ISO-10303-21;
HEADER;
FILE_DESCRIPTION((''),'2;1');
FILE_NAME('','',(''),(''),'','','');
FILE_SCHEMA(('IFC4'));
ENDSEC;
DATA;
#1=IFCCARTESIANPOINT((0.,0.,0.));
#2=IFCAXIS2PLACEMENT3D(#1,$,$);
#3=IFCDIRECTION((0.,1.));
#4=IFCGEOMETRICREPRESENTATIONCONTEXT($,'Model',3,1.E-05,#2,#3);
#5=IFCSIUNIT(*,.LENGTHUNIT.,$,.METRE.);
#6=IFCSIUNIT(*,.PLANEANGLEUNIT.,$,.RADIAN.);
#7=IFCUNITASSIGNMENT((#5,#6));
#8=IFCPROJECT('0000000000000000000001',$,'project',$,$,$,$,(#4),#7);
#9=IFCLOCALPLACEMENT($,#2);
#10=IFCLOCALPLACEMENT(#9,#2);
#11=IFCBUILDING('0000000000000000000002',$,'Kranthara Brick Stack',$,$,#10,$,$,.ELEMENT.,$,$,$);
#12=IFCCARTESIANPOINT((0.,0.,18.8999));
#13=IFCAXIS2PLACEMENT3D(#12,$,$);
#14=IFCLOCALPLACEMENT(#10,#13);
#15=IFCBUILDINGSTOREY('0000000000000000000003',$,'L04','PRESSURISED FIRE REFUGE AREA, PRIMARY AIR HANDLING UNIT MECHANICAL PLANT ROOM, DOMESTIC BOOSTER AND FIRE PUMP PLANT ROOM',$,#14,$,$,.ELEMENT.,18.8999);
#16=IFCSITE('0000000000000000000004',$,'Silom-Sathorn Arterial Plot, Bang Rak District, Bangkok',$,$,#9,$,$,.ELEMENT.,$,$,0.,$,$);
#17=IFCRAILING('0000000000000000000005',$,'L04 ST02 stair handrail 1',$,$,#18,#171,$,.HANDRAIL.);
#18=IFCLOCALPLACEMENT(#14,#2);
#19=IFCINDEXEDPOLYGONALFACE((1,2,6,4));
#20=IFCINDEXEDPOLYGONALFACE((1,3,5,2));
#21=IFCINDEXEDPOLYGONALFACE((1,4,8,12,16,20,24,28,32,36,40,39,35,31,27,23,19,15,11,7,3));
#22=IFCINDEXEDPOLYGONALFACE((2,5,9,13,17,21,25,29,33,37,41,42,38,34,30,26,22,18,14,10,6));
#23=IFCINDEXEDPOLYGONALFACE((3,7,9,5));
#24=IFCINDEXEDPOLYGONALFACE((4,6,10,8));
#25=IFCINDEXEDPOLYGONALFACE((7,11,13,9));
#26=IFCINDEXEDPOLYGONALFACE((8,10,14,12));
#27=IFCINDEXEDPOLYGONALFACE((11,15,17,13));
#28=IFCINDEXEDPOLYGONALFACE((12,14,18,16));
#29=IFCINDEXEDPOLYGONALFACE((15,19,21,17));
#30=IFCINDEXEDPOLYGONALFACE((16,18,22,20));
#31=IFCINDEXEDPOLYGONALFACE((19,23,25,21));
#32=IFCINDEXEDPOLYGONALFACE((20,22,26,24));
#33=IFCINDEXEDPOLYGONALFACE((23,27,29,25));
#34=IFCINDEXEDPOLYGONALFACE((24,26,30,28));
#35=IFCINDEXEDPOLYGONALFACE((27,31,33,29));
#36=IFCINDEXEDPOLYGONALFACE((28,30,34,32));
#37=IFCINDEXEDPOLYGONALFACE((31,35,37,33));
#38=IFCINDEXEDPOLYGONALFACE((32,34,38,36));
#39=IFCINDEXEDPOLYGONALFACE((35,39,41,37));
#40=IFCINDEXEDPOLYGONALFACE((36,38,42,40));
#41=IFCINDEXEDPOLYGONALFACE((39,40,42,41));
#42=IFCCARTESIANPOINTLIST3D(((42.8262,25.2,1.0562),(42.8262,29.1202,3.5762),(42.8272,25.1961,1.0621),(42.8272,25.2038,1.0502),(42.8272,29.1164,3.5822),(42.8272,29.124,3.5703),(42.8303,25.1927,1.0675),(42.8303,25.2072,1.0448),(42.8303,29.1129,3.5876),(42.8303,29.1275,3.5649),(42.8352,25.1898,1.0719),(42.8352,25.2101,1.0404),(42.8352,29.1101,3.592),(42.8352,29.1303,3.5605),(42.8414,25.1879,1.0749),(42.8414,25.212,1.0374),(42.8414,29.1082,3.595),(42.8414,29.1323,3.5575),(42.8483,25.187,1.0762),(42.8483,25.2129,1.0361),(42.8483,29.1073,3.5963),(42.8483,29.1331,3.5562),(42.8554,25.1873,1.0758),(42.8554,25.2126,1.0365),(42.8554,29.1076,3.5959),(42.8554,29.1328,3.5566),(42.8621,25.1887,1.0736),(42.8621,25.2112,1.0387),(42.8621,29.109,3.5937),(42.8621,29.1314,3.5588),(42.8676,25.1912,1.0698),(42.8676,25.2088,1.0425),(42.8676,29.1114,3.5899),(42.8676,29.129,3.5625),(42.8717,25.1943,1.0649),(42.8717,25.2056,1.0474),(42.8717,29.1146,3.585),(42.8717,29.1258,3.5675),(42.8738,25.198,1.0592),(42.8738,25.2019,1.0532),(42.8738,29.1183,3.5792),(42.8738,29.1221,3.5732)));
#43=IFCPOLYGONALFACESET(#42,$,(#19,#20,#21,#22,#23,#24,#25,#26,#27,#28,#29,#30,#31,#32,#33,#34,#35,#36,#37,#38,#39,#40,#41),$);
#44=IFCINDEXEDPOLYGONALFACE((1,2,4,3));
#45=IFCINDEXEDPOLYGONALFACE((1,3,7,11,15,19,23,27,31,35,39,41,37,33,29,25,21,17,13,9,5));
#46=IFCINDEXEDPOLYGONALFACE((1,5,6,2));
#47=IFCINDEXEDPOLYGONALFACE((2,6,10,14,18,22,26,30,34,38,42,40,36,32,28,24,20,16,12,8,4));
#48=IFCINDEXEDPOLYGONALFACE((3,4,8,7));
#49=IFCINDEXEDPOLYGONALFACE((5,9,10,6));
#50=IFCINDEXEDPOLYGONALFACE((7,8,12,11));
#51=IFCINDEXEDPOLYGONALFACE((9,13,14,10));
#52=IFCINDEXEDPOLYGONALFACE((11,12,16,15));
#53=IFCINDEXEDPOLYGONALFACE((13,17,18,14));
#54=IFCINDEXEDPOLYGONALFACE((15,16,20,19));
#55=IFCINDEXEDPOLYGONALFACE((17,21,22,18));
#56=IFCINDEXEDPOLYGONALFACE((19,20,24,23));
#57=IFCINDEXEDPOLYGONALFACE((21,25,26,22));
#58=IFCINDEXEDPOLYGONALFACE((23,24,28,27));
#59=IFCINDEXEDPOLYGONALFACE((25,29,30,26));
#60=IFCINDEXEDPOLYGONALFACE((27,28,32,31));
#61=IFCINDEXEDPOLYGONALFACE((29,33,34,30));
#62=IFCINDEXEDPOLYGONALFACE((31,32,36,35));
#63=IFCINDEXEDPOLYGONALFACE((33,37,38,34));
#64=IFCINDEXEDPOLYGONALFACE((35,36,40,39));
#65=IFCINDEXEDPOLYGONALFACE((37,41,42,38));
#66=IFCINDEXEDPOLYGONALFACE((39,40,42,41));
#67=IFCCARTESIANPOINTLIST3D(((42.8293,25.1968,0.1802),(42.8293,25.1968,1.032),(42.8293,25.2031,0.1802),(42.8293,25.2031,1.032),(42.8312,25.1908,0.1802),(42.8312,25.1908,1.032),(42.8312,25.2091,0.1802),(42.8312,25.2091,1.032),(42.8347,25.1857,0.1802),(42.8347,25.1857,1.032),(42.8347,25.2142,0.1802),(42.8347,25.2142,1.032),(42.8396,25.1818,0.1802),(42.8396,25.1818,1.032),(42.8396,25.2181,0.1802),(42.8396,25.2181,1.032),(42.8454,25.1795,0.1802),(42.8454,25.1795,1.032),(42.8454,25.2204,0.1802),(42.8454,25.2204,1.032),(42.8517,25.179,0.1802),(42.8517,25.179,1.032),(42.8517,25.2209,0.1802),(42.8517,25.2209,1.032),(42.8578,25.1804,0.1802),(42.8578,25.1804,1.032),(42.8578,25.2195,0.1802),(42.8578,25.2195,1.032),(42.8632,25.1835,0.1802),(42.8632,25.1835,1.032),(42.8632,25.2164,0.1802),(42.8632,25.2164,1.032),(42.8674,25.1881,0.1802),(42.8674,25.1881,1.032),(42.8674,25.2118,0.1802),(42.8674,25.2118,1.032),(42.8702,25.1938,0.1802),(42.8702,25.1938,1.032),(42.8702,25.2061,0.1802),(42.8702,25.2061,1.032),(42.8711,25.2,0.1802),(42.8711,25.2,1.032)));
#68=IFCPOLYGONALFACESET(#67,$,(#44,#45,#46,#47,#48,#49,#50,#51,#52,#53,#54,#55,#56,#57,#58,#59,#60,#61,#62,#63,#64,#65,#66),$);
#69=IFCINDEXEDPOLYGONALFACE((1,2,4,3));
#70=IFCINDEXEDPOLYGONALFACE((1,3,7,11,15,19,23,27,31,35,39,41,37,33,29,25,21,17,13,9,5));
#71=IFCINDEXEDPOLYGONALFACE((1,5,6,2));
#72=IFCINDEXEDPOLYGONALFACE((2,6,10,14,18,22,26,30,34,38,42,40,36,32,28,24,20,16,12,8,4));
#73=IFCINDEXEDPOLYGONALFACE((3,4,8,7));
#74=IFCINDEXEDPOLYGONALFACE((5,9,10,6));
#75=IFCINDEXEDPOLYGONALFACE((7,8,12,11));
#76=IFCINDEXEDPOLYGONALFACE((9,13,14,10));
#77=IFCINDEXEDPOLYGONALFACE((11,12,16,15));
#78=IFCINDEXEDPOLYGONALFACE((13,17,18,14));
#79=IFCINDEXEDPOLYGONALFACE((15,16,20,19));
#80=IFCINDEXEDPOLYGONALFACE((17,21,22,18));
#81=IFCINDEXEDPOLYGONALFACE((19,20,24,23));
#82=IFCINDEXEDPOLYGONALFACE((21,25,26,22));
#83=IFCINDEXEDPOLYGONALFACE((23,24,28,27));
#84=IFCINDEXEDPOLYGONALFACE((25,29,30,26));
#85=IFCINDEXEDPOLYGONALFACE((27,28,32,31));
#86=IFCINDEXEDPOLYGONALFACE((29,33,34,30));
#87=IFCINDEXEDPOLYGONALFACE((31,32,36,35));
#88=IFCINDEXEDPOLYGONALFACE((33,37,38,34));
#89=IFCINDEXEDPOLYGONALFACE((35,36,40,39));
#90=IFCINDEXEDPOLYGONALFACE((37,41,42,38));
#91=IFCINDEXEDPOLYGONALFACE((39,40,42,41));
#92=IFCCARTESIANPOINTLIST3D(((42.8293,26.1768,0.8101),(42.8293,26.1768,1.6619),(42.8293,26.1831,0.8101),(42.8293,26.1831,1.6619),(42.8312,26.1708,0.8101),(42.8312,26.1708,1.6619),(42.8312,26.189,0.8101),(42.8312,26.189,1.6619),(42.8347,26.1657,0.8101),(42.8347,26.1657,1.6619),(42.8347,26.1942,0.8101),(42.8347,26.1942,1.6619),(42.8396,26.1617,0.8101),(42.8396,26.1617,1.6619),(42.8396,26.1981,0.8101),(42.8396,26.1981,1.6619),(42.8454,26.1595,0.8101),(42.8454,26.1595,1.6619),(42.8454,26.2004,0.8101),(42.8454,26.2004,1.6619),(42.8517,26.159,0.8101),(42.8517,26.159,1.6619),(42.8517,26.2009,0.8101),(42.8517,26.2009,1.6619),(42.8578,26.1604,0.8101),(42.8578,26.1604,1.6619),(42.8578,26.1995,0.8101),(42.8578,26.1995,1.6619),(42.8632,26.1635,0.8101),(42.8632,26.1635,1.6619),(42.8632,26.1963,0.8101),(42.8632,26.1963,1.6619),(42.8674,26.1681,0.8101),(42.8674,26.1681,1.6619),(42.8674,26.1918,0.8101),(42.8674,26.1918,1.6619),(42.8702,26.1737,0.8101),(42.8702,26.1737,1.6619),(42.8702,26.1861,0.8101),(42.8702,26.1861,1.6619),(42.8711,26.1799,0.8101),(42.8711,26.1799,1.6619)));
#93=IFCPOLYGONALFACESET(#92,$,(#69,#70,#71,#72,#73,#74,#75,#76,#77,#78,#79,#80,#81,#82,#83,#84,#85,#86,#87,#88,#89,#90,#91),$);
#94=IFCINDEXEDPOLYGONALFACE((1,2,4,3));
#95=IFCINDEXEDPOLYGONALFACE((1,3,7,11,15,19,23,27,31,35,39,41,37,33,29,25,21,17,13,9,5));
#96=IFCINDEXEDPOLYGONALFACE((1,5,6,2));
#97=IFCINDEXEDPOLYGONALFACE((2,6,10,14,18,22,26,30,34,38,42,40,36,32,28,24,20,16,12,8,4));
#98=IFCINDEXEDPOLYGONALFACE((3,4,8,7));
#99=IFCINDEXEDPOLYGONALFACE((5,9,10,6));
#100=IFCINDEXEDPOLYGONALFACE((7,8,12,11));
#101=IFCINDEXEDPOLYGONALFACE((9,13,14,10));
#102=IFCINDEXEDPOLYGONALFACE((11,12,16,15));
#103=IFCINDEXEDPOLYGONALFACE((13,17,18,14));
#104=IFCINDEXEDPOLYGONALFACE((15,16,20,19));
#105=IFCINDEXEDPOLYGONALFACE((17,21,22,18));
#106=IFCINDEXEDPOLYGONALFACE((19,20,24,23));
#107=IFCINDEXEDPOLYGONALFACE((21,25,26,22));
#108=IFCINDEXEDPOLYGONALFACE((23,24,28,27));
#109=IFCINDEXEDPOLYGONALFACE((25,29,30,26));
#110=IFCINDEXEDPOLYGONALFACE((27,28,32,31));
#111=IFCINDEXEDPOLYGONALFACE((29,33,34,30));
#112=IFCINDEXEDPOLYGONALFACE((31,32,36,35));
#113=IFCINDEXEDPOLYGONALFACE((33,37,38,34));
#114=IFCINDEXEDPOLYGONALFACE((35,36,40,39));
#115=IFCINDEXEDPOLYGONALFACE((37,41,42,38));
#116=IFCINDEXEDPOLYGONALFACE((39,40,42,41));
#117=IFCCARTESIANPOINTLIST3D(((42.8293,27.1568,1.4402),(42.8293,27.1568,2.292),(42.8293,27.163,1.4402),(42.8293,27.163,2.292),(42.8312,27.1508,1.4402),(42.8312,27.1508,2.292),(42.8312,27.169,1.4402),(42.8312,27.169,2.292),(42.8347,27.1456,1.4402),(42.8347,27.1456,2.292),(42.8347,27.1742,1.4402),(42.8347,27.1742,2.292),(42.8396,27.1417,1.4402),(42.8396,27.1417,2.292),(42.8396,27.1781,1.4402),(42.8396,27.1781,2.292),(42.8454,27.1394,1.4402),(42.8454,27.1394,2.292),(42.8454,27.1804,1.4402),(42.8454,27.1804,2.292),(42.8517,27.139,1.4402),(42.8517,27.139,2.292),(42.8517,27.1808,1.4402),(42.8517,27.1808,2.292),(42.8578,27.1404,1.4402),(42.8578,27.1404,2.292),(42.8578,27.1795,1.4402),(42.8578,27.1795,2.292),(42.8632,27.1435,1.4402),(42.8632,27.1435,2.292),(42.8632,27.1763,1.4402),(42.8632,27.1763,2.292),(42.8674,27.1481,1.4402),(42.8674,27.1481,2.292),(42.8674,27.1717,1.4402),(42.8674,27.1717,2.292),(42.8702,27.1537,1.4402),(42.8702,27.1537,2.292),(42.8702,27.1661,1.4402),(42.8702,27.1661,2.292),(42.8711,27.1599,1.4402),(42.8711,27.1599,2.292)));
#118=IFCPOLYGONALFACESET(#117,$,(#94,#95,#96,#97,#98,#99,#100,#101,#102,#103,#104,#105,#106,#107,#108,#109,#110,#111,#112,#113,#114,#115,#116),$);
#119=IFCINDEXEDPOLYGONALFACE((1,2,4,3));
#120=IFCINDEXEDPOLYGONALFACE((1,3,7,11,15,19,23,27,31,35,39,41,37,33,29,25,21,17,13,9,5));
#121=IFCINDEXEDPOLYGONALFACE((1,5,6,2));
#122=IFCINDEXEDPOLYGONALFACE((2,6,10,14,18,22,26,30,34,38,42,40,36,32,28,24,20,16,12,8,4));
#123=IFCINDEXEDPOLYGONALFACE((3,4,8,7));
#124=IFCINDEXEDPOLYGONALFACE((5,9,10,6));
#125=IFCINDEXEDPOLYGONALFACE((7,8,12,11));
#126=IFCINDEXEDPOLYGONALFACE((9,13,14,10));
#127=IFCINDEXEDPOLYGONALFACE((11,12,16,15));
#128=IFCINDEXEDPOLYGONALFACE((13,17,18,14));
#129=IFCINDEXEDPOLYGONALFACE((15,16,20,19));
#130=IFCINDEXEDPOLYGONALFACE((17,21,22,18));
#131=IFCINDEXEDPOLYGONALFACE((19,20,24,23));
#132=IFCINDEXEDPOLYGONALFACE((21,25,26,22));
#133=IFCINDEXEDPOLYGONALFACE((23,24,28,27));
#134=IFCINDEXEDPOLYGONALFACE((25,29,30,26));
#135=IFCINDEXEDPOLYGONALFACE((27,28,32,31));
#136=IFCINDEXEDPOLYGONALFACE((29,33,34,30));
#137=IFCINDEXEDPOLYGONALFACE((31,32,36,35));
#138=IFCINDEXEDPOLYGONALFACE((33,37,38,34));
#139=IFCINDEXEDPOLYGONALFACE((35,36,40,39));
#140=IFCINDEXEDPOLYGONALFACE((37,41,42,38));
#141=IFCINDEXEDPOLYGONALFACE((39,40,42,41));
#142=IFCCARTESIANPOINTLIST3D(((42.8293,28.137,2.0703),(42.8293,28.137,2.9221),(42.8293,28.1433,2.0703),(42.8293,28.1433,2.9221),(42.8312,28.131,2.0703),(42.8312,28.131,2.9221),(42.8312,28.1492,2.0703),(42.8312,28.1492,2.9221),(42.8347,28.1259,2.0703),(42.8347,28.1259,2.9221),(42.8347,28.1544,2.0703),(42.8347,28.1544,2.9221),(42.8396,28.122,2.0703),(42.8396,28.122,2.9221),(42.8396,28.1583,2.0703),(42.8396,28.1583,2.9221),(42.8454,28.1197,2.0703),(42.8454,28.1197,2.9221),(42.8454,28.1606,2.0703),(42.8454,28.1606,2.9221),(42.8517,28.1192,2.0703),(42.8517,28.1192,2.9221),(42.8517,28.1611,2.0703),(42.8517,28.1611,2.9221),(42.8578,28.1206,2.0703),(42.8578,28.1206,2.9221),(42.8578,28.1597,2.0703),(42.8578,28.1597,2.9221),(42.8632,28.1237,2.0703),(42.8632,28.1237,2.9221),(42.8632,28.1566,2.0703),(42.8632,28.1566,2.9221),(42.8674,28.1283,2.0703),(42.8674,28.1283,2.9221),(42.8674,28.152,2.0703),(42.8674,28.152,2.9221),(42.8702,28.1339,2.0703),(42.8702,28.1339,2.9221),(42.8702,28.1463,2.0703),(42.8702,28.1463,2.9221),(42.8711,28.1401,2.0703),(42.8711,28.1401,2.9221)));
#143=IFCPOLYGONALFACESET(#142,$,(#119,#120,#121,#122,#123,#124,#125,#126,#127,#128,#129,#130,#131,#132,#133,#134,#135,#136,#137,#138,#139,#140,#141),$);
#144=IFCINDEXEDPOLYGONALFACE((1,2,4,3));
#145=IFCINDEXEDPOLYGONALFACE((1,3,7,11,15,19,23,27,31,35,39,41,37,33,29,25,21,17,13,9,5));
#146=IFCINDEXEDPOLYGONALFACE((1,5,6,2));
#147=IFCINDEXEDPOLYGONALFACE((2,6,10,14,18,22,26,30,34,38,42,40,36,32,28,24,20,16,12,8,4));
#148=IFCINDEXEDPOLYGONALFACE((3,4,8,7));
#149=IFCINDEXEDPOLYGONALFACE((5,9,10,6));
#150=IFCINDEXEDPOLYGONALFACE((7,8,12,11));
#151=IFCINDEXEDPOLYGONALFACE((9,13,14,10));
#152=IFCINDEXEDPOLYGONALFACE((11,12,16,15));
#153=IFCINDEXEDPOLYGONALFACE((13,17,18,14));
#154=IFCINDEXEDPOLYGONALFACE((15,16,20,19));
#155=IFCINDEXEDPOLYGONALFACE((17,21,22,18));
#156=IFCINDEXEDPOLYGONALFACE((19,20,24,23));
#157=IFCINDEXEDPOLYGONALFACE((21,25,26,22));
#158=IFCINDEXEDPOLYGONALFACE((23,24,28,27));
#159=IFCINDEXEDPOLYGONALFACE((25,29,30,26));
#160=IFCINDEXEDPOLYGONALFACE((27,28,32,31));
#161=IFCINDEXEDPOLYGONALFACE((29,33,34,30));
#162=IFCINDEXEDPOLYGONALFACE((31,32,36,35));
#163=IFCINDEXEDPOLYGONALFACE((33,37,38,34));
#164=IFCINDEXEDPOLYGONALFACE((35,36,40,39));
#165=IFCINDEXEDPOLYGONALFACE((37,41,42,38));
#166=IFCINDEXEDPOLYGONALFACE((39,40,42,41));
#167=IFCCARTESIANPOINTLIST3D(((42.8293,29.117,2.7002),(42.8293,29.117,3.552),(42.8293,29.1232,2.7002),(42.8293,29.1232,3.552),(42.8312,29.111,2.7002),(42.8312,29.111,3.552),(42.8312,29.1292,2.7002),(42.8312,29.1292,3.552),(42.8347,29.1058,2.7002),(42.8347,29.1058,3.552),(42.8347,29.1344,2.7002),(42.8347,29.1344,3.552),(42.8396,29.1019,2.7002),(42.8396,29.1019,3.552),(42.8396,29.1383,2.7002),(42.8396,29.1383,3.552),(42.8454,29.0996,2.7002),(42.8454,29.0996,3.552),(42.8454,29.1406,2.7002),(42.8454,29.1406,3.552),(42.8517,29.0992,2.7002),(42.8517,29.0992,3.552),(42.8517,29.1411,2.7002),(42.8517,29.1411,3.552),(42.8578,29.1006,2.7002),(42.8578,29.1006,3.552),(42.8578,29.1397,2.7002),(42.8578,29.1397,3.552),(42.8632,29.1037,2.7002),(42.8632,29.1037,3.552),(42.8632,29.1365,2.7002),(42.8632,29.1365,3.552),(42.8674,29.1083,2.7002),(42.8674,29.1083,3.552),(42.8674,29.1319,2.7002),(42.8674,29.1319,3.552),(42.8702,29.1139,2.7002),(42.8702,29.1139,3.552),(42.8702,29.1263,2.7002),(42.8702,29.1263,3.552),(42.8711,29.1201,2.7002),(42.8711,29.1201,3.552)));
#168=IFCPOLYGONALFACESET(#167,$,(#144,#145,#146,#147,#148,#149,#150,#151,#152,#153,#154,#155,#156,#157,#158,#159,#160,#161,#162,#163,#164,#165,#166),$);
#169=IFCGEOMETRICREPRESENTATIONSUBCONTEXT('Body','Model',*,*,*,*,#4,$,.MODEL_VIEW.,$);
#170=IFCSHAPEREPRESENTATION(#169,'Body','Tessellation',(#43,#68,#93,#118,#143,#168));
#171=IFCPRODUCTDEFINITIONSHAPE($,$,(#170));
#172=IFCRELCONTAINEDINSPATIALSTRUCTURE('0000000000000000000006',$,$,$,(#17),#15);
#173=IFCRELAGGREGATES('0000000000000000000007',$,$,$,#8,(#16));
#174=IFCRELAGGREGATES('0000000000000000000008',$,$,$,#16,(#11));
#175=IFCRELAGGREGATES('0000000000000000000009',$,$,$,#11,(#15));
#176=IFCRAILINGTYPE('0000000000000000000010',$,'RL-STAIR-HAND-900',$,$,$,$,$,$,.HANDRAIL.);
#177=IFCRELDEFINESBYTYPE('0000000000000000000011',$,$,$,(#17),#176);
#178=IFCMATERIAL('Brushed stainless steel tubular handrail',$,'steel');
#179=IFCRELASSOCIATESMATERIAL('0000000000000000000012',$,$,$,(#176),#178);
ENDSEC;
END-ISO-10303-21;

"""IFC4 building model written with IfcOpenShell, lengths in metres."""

from ifc_helpers import new_model, si_unit, direction, frame, origin, origin_2d, place, context, subcontext, project, spatial, circle, extrude, material, type_object, element, save


model = new_model("IFC4")

# Units and contexts
model_context = context("Model", 3, precision=1e-05, world=origin(), true_north=direction((0.0, 1.0)))
body_context = subcontext(model_context, "Body", "Model", "MODEL_VIEW")
ifc_project = project(units=[si_unit("LENGTHUNIT", "METRE"), si_unit("PLANEANGLEUNIT", "RADIAN")], contexts=[model_context])

# Site, building, storey
site_placement = place(None, origin())
site = spatial("IfcSite", under=ifc_project, at=site_placement, Name="Silom-Sathorn Arterial Plot, Bang Rak District, Bangkok", CompositionType="ELEMENT", RefElevation=0.0)
building_placement = place(site_placement, origin())
building = spatial("IfcBuilding", under=site, at=building_placement, Name="Kranthara Brick Stack", CompositionType="ELEMENT")
storey_placement = place(building_placement, frame((0.0, 0.0, 18.8999)))
storey = spatial("IfcBuildingStorey", under=building, at=storey_placement, Name="L04", Description="PRESSURISED FIRE REFUGE AREA, PRIMARY AIR HANDLING UNIT MECHANICAL PLANT ROOM, DOMESTIC BOOSTER AND FIRE PUMP PLANT ROOM", CompositionType="ELEMENT", Elevation=18.8999)

# Railing
ifc_material_1 = material(Name="Brushed stainless steel tubular handrail", Category="steel")
railing_type_1 = type_object("IfcRailingType", Name="RL-STAIR-HAND-900", PredefinedType="HANDRAIL", material=ifc_material_1)
railing_1_placement = place(storey_placement, frame((42.8501, 25.2, 0.1802)))
element("IfcRailing", 1, at=railing_1_placement, inside=storey, type_object=railing_type_1, Name="L04 ST02 stair handrail 1", PredefinedType="HANDRAIL", context=body_context, shape_type="SweptSolid", body=[
    extrude(circle(Radius=0.0239, at=origin_2d()), frame((0.0, 0.0, 0.876), z_axis=(0.0, 0.841187, 0.540744), x_axis=(-1.0, 0.0, 0.0)), (0.0, 0.0, 1.0), 4.6604),
    extrude(circle(Radius=0.021, at=origin_2d()), origin(), (0.0, 0.0, 1.0), 0.8518),
    extrude(circle(Radius=0.021, at=origin_2d()), frame((0.0, 0.98, 0.6299)), (0.0, 0.0, 1.0), 0.8518),
    extrude(circle(Radius=0.021, at=origin_2d()), frame((0.0, 1.96, 1.26)), (0.0, 0.0, 1.0), 0.8518),
    extrude(circle(Radius=0.021, at=origin_2d()), frame((0.0, 2.9402, 1.8901)), (0.0, 0.0, 1.0), 0.8518),
    extrude(circle(Radius=0.021, at=origin_2d()), frame((0.0, 3.9202, 2.52)), (0.0, 0.0, 1.0), 0.8518),
])

save(model, "model.ifc")
